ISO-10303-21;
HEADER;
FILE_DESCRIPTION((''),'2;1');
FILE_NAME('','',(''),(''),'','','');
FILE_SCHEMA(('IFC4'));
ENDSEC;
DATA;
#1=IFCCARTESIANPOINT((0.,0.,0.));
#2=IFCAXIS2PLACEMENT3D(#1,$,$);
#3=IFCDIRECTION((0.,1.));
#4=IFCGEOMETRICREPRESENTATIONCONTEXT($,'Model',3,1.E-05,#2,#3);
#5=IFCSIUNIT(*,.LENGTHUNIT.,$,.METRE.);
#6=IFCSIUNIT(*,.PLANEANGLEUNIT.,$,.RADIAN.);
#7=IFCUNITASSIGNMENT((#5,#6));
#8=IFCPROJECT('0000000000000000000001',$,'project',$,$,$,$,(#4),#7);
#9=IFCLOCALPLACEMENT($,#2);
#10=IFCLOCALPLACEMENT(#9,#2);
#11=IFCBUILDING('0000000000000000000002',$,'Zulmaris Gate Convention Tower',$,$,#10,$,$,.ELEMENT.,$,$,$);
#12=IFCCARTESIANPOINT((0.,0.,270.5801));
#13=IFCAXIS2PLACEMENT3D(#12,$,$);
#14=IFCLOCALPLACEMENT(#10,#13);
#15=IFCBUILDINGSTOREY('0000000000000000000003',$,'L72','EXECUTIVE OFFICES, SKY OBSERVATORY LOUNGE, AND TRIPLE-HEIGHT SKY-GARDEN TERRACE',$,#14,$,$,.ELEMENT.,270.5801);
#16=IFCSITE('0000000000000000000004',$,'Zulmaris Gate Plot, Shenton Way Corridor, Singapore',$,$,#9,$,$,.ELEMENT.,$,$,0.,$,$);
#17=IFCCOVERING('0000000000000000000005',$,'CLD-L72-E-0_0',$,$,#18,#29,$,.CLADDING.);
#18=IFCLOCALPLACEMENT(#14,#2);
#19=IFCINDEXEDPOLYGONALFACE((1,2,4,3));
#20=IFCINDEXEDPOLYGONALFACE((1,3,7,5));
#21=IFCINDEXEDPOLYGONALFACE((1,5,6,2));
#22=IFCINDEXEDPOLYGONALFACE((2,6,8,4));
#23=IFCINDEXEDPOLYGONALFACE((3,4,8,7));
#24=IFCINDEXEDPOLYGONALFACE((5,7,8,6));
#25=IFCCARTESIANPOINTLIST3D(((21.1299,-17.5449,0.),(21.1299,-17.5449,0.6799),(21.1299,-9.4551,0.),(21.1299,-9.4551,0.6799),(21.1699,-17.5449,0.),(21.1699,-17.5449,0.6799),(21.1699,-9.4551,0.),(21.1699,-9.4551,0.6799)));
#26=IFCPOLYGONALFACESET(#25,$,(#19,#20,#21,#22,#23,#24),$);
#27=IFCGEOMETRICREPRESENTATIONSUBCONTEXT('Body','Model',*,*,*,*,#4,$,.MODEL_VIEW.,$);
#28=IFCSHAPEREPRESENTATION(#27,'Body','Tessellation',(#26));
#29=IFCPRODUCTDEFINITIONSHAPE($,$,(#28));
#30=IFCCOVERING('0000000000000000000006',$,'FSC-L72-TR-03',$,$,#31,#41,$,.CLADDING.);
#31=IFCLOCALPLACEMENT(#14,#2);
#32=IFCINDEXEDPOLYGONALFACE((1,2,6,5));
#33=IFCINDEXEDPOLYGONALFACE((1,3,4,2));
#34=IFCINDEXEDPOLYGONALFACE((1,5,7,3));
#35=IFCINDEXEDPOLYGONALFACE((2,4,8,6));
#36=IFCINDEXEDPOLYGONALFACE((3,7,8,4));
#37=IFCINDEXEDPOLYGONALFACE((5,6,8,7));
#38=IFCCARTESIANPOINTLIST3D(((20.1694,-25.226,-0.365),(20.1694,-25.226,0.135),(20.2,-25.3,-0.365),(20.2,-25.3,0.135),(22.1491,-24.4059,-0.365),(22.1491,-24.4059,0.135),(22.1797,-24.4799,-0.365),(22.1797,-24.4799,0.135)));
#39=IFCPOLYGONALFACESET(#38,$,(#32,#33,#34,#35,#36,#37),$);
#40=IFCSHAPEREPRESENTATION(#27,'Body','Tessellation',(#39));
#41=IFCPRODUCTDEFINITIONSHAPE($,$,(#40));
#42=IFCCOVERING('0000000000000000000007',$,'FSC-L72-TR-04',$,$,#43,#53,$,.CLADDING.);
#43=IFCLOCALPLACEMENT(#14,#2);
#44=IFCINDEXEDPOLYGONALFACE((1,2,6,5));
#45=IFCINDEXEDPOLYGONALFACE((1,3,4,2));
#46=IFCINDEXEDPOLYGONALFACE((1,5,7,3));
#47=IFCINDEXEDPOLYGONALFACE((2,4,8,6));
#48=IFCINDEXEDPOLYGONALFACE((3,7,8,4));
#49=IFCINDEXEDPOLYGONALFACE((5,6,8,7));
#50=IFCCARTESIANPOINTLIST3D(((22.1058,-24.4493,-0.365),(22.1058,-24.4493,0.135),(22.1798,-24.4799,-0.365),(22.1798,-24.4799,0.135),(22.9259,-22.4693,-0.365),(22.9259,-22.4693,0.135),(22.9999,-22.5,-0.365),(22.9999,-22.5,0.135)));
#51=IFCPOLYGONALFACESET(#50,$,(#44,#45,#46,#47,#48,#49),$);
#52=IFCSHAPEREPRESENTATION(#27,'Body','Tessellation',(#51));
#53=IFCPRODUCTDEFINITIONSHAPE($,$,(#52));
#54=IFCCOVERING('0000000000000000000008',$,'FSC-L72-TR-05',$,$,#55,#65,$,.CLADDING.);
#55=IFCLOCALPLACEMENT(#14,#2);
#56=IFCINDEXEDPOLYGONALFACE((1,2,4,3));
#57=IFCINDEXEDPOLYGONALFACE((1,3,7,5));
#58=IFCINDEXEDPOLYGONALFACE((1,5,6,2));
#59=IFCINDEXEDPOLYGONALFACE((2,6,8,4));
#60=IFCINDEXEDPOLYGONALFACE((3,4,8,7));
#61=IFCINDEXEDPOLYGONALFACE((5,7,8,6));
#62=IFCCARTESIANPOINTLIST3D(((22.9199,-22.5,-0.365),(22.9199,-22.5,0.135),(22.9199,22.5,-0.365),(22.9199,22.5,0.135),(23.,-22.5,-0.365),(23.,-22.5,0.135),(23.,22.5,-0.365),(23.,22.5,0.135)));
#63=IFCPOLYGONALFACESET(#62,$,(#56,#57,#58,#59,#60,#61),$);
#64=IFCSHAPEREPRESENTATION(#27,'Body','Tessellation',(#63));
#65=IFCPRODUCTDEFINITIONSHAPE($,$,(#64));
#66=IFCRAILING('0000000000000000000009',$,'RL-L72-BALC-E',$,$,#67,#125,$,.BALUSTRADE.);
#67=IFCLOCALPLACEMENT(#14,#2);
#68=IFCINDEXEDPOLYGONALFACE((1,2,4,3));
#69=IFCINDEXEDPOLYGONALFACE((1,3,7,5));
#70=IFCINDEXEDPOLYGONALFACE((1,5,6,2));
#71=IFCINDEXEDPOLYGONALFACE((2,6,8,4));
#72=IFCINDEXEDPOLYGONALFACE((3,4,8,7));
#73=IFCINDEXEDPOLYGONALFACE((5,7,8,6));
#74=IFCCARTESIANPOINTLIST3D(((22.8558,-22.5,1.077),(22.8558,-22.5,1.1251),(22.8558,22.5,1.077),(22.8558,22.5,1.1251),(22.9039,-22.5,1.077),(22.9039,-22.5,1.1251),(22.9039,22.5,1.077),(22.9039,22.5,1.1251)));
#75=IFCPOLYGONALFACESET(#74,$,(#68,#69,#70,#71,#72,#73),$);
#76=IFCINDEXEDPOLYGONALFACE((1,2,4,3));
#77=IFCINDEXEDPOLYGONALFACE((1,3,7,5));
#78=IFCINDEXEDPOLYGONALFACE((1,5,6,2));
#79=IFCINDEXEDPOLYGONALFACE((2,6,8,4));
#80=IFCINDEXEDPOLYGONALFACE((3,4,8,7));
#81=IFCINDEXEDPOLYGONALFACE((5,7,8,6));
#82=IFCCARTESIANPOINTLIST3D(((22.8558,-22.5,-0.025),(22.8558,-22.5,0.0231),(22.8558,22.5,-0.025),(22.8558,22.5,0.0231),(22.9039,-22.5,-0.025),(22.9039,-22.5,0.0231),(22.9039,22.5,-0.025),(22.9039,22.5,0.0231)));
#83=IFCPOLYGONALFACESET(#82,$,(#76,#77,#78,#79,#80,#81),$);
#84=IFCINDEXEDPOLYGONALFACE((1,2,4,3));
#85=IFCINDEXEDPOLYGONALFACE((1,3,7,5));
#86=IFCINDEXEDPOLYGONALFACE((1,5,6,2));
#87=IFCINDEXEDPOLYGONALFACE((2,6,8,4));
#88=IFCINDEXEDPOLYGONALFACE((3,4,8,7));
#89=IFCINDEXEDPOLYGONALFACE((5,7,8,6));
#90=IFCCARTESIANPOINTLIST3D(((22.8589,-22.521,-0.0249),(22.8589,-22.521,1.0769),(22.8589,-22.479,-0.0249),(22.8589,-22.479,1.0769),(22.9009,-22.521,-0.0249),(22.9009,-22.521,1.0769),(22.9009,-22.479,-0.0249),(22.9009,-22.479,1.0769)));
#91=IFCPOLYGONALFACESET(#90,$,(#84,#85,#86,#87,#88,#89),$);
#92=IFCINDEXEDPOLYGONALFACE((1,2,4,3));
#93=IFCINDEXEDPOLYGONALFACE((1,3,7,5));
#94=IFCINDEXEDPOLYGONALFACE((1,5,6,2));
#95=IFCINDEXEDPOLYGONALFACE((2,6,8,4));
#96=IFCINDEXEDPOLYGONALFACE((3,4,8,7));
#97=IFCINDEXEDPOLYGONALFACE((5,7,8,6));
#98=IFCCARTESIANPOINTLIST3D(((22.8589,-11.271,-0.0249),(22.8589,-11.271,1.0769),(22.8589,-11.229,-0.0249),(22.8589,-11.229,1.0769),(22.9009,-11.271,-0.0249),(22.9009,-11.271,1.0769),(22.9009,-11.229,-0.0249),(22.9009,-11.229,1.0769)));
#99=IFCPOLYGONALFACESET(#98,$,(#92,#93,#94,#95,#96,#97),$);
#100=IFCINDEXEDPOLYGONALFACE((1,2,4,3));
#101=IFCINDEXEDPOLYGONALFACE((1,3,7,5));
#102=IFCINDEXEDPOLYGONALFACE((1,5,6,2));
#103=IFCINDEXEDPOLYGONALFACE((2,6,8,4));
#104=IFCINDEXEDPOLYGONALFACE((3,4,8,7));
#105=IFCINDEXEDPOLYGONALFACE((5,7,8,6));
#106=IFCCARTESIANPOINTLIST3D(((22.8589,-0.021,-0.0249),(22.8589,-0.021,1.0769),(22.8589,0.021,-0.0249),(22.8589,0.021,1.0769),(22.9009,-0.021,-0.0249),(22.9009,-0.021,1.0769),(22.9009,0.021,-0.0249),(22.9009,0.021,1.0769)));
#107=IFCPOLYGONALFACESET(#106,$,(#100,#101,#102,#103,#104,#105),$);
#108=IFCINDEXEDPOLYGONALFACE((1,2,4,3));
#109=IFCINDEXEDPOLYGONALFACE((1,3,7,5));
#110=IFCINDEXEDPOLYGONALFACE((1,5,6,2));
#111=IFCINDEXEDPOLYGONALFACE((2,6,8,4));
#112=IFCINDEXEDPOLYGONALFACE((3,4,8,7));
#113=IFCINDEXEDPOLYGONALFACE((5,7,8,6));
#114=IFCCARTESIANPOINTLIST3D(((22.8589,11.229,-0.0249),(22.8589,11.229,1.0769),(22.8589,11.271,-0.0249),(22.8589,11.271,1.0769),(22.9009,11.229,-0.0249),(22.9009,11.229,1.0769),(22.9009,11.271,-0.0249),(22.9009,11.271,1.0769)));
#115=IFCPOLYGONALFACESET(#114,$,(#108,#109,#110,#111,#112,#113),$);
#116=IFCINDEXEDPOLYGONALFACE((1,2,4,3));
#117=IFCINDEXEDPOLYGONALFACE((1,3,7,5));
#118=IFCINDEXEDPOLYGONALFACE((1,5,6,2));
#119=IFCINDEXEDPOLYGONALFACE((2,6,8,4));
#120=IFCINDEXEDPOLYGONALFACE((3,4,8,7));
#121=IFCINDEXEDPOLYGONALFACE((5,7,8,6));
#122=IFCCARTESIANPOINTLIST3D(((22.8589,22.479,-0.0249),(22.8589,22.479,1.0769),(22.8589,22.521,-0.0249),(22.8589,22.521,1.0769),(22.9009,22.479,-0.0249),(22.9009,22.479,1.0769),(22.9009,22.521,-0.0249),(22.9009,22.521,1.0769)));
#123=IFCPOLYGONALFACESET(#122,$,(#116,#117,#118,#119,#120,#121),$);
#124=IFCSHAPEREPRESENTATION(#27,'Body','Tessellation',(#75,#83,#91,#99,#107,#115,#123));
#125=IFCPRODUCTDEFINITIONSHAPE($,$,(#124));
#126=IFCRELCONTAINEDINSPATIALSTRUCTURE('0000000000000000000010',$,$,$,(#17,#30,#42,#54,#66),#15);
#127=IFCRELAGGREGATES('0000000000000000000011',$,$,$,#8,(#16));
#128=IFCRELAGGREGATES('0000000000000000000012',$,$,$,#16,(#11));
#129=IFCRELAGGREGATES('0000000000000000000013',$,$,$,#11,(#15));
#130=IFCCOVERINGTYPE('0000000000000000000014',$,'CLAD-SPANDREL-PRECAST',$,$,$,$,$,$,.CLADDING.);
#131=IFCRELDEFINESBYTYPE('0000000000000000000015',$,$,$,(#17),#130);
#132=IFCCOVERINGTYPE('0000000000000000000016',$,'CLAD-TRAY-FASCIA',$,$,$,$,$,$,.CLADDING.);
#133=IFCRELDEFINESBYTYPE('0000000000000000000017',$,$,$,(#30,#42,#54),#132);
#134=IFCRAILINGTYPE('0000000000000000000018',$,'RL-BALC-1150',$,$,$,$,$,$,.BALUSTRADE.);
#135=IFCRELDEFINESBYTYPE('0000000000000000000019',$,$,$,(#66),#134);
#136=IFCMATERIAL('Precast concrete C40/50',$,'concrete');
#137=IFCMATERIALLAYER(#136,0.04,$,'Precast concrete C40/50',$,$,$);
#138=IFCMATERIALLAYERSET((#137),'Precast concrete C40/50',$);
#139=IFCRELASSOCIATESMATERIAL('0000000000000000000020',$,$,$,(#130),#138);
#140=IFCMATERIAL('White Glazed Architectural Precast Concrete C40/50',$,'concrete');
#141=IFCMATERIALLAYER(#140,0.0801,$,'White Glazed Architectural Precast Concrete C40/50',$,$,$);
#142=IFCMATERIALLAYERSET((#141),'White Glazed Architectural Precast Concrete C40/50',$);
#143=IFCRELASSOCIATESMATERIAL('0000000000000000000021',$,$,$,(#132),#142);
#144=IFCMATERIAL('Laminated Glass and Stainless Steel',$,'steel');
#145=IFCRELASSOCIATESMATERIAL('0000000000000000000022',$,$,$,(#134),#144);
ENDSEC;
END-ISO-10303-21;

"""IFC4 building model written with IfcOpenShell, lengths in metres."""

from ifc_helpers import new_model, si_unit, direction, frame, frame_2d, origin, origin_2d, place, context, subcontext, project, spatial, rectangle, extrude, material, layer, layer_set, type_object, element, save


model = new_model("IFC4")

# Units and contexts
model_context = context("Model", 3, precision=1e-05, world=origin(), true_north=direction((0.0, 1.0)))
body_context = subcontext(model_context, "Body", "Model", "MODEL_VIEW")
ifc_project = project(units=[si_unit("LENGTHUNIT", "METRE"), si_unit("PLANEANGLEUNIT", "RADIAN")], contexts=[model_context])

# Site, building, storey
site_placement = place(None, origin())
site = spatial("IfcSite", under=ifc_project, at=site_placement, Name="Zulmaris Gate Plot, Shenton Way Corridor, Singapore", CompositionType="ELEMENT", RefElevation=0.0)
building_placement = place(site_placement, origin())
building = spatial("IfcBuilding", under=site, at=building_placement, Name="Zulmaris Gate Convention Tower", CompositionType="ELEMENT")
storey_placement = place(building_placement, frame((0.0, 0.0, 270.5801)))
storey = spatial("IfcBuildingStorey", under=building, at=storey_placement, Name="L72", Description="EXECUTIVE OFFICES, SKY OBSERVATORY LOUNGE, AND TRIPLE-HEIGHT SKY-GARDEN TERRACE", CompositionType="ELEMENT", Elevation=270.5801)

# Shared definitions
ifc_material_1 = material(Name="Precast concrete C40/50", Category="concrete")

# Coverings
ifc_layer_1 = layer(ifc_material_1, 0.04, Name="Precast concrete C40/50")
ifc_layer_set_1 = layer_set([ifc_layer_1], Name="Precast concrete C40/50")
covering_type_1 = type_object("IfcCoveringType", Name="CLAD-SPANDREL-PRECAST", PredefinedType="CLADDING", material=ifc_layer_set_1)
covering_1_placement = place(storey_placement, frame((21.1499, -17.5449, 0.0), z_axis=(0.0, 0.0, 1.0), x_axis=(0.0, 1.0, 0.0)))
element("IfcCovering", 1, at=covering_1_placement, inside=storey, type_object=covering_type_1, Name="CLD-L72-E-0_0", PredefinedType="CLADDING", context=body_context, shape_type="SweptSolid", body=[
    extrude(rectangle(XDim=8.0898, YDim=0.04, at=frame_2d((4.0449, 0.0))), origin(), (0.0, 0.0, 1.0), 0.6799),
])
ifc_material_2 = material(Name="White Glazed Architectural Precast Concrete C40/50", Category="concrete")
ifc_layer_2 = layer(ifc_material_2, 0.0801, Name="White Glazed Architectural Precast Concrete C40/50")
ifc_layer_set_2 = layer_set([ifc_layer_2], Name="White Glazed Architectural Precast Concrete C40/50")
covering_type_2 = type_object("IfcCoveringType", Name="CLAD-TRAY-FASCIA", PredefinedType="CLADDING", material=ifc_layer_set_2)
covering_2_placement = place(storey_placement, frame((20.1848, -25.2629, -0.365), z_axis=(0.0, 0.0, 1.0), x_axis=(0.923874, 0.382697, 0.0)))
element("IfcCovering", 2, at=covering_2_placement, inside=storey, type_object=covering_type_2, Name="FSC-L72-TR-03", PredefinedType="CLADDING", context=body_context, shape_type="SweptSolid", body=[
    extrude(rectangle(XDim=2.1428, YDim=0.0801, at=frame_2d((1.0713, 0.0))), origin(), (0.0, 0.0, 1.0), 0.5),
])
covering_3_placement = place(storey_placement, frame((22.1428, -24.4646, -0.365), z_axis=(0.0, 0.0, 1.0), x_axis=(0.382657, 0.92389, 0.0)))
element("IfcCovering", 3, at=covering_3_placement, inside=storey, type_object=covering_type_2, Name="FSC-L72-TR-04", PredefinedType="CLADDING", context=body_context, shape_type="SweptSolid", body=[
    extrude(rectangle(XDim=2.1431, YDim=0.0801, at=frame_2d((1.0715, 0.0))), origin(), (0.0, 0.0, 1.0), 0.5),
])
covering_4_placement = place(storey_placement, frame((22.96, -22.5, -0.365), z_axis=(0.0, 0.0, 1.0), x_axis=(0.0, 1.0, 0.0)))
element("IfcCovering", 4, at=covering_4_placement, inside=storey, type_object=covering_type_2, Name="FSC-L72-TR-05", PredefinedType="CLADDING", context=body_context, shape_type="SweptSolid", body=[
    extrude(rectangle(XDim=45.0, YDim=0.0801, at=frame_2d((22.5, 0.0))), origin(), (0.0, 0.0, 1.0), 0.5),
])

# Railing
ifc_material_3 = material(Name="Laminated Glass and Stainless Steel", Category="steel")
railing_type = type_object("IfcRailingType", Name="RL-BALC-1150", PredefinedType="BALUSTRADE", material=ifc_material_3)
railing_placement = place(storey_placement, frame((22.8799, -22.5, -0.0249)))
element("IfcRailing", 5, at=railing_placement, inside=storey, type_object=railing_type, Name="RL-L72-BALC-E", PredefinedType="BALUSTRADE", context=body_context, shape_type="SweptSolid", body=[
    extrude(rectangle(XDim=0.0481, YDim=0.0481, at=origin_2d()), frame((0.0, 0.0, 1.126), z_axis=(0.0, 1.0, 0.0), x_axis=(-1.0, 0.0, 0.0)), (0.0, 0.0, 1.0), 45.0),
    extrude(rectangle(XDim=0.0481, YDim=0.0481, at=origin_2d()), frame((0.0, 0.0, 0.0239), z_axis=(0.0, 1.0, 0.0), x_axis=(-1.0, 0.0, 0.0)), (0.0, 0.0, 1.0), 45.0),
    extrude(rectangle(XDim=0.042, YDim=0.042, at=origin_2d()), origin(), (0.0, 0.0, 1.0), 1.1018),
    extrude(rectangle(XDim=0.042, YDim=0.042, at=origin_2d()), frame((0.0, 11.25, 0.0)), (0.0, 0.0, 1.0), 1.1018),
    extrude(rectangle(XDim=0.042, YDim=0.042, at=origin_2d()), frame((0.0, 22.5, 0.0)), (0.0, 0.0, 1.0), 1.1018),
    extrude(rectangle(XDim=0.042, YDim=0.042, at=origin_2d()), frame((0.0, 33.75, 0.0)), (0.0, 0.0, 1.0), 1.1018),
    extrude(rectangle(XDim=0.042, YDim=0.042, at=origin_2d()), frame((0.0, 45.0, 0.0)), (0.0, 0.0, 1.0), 1.1018),
])

save(model, "model.ifc")
